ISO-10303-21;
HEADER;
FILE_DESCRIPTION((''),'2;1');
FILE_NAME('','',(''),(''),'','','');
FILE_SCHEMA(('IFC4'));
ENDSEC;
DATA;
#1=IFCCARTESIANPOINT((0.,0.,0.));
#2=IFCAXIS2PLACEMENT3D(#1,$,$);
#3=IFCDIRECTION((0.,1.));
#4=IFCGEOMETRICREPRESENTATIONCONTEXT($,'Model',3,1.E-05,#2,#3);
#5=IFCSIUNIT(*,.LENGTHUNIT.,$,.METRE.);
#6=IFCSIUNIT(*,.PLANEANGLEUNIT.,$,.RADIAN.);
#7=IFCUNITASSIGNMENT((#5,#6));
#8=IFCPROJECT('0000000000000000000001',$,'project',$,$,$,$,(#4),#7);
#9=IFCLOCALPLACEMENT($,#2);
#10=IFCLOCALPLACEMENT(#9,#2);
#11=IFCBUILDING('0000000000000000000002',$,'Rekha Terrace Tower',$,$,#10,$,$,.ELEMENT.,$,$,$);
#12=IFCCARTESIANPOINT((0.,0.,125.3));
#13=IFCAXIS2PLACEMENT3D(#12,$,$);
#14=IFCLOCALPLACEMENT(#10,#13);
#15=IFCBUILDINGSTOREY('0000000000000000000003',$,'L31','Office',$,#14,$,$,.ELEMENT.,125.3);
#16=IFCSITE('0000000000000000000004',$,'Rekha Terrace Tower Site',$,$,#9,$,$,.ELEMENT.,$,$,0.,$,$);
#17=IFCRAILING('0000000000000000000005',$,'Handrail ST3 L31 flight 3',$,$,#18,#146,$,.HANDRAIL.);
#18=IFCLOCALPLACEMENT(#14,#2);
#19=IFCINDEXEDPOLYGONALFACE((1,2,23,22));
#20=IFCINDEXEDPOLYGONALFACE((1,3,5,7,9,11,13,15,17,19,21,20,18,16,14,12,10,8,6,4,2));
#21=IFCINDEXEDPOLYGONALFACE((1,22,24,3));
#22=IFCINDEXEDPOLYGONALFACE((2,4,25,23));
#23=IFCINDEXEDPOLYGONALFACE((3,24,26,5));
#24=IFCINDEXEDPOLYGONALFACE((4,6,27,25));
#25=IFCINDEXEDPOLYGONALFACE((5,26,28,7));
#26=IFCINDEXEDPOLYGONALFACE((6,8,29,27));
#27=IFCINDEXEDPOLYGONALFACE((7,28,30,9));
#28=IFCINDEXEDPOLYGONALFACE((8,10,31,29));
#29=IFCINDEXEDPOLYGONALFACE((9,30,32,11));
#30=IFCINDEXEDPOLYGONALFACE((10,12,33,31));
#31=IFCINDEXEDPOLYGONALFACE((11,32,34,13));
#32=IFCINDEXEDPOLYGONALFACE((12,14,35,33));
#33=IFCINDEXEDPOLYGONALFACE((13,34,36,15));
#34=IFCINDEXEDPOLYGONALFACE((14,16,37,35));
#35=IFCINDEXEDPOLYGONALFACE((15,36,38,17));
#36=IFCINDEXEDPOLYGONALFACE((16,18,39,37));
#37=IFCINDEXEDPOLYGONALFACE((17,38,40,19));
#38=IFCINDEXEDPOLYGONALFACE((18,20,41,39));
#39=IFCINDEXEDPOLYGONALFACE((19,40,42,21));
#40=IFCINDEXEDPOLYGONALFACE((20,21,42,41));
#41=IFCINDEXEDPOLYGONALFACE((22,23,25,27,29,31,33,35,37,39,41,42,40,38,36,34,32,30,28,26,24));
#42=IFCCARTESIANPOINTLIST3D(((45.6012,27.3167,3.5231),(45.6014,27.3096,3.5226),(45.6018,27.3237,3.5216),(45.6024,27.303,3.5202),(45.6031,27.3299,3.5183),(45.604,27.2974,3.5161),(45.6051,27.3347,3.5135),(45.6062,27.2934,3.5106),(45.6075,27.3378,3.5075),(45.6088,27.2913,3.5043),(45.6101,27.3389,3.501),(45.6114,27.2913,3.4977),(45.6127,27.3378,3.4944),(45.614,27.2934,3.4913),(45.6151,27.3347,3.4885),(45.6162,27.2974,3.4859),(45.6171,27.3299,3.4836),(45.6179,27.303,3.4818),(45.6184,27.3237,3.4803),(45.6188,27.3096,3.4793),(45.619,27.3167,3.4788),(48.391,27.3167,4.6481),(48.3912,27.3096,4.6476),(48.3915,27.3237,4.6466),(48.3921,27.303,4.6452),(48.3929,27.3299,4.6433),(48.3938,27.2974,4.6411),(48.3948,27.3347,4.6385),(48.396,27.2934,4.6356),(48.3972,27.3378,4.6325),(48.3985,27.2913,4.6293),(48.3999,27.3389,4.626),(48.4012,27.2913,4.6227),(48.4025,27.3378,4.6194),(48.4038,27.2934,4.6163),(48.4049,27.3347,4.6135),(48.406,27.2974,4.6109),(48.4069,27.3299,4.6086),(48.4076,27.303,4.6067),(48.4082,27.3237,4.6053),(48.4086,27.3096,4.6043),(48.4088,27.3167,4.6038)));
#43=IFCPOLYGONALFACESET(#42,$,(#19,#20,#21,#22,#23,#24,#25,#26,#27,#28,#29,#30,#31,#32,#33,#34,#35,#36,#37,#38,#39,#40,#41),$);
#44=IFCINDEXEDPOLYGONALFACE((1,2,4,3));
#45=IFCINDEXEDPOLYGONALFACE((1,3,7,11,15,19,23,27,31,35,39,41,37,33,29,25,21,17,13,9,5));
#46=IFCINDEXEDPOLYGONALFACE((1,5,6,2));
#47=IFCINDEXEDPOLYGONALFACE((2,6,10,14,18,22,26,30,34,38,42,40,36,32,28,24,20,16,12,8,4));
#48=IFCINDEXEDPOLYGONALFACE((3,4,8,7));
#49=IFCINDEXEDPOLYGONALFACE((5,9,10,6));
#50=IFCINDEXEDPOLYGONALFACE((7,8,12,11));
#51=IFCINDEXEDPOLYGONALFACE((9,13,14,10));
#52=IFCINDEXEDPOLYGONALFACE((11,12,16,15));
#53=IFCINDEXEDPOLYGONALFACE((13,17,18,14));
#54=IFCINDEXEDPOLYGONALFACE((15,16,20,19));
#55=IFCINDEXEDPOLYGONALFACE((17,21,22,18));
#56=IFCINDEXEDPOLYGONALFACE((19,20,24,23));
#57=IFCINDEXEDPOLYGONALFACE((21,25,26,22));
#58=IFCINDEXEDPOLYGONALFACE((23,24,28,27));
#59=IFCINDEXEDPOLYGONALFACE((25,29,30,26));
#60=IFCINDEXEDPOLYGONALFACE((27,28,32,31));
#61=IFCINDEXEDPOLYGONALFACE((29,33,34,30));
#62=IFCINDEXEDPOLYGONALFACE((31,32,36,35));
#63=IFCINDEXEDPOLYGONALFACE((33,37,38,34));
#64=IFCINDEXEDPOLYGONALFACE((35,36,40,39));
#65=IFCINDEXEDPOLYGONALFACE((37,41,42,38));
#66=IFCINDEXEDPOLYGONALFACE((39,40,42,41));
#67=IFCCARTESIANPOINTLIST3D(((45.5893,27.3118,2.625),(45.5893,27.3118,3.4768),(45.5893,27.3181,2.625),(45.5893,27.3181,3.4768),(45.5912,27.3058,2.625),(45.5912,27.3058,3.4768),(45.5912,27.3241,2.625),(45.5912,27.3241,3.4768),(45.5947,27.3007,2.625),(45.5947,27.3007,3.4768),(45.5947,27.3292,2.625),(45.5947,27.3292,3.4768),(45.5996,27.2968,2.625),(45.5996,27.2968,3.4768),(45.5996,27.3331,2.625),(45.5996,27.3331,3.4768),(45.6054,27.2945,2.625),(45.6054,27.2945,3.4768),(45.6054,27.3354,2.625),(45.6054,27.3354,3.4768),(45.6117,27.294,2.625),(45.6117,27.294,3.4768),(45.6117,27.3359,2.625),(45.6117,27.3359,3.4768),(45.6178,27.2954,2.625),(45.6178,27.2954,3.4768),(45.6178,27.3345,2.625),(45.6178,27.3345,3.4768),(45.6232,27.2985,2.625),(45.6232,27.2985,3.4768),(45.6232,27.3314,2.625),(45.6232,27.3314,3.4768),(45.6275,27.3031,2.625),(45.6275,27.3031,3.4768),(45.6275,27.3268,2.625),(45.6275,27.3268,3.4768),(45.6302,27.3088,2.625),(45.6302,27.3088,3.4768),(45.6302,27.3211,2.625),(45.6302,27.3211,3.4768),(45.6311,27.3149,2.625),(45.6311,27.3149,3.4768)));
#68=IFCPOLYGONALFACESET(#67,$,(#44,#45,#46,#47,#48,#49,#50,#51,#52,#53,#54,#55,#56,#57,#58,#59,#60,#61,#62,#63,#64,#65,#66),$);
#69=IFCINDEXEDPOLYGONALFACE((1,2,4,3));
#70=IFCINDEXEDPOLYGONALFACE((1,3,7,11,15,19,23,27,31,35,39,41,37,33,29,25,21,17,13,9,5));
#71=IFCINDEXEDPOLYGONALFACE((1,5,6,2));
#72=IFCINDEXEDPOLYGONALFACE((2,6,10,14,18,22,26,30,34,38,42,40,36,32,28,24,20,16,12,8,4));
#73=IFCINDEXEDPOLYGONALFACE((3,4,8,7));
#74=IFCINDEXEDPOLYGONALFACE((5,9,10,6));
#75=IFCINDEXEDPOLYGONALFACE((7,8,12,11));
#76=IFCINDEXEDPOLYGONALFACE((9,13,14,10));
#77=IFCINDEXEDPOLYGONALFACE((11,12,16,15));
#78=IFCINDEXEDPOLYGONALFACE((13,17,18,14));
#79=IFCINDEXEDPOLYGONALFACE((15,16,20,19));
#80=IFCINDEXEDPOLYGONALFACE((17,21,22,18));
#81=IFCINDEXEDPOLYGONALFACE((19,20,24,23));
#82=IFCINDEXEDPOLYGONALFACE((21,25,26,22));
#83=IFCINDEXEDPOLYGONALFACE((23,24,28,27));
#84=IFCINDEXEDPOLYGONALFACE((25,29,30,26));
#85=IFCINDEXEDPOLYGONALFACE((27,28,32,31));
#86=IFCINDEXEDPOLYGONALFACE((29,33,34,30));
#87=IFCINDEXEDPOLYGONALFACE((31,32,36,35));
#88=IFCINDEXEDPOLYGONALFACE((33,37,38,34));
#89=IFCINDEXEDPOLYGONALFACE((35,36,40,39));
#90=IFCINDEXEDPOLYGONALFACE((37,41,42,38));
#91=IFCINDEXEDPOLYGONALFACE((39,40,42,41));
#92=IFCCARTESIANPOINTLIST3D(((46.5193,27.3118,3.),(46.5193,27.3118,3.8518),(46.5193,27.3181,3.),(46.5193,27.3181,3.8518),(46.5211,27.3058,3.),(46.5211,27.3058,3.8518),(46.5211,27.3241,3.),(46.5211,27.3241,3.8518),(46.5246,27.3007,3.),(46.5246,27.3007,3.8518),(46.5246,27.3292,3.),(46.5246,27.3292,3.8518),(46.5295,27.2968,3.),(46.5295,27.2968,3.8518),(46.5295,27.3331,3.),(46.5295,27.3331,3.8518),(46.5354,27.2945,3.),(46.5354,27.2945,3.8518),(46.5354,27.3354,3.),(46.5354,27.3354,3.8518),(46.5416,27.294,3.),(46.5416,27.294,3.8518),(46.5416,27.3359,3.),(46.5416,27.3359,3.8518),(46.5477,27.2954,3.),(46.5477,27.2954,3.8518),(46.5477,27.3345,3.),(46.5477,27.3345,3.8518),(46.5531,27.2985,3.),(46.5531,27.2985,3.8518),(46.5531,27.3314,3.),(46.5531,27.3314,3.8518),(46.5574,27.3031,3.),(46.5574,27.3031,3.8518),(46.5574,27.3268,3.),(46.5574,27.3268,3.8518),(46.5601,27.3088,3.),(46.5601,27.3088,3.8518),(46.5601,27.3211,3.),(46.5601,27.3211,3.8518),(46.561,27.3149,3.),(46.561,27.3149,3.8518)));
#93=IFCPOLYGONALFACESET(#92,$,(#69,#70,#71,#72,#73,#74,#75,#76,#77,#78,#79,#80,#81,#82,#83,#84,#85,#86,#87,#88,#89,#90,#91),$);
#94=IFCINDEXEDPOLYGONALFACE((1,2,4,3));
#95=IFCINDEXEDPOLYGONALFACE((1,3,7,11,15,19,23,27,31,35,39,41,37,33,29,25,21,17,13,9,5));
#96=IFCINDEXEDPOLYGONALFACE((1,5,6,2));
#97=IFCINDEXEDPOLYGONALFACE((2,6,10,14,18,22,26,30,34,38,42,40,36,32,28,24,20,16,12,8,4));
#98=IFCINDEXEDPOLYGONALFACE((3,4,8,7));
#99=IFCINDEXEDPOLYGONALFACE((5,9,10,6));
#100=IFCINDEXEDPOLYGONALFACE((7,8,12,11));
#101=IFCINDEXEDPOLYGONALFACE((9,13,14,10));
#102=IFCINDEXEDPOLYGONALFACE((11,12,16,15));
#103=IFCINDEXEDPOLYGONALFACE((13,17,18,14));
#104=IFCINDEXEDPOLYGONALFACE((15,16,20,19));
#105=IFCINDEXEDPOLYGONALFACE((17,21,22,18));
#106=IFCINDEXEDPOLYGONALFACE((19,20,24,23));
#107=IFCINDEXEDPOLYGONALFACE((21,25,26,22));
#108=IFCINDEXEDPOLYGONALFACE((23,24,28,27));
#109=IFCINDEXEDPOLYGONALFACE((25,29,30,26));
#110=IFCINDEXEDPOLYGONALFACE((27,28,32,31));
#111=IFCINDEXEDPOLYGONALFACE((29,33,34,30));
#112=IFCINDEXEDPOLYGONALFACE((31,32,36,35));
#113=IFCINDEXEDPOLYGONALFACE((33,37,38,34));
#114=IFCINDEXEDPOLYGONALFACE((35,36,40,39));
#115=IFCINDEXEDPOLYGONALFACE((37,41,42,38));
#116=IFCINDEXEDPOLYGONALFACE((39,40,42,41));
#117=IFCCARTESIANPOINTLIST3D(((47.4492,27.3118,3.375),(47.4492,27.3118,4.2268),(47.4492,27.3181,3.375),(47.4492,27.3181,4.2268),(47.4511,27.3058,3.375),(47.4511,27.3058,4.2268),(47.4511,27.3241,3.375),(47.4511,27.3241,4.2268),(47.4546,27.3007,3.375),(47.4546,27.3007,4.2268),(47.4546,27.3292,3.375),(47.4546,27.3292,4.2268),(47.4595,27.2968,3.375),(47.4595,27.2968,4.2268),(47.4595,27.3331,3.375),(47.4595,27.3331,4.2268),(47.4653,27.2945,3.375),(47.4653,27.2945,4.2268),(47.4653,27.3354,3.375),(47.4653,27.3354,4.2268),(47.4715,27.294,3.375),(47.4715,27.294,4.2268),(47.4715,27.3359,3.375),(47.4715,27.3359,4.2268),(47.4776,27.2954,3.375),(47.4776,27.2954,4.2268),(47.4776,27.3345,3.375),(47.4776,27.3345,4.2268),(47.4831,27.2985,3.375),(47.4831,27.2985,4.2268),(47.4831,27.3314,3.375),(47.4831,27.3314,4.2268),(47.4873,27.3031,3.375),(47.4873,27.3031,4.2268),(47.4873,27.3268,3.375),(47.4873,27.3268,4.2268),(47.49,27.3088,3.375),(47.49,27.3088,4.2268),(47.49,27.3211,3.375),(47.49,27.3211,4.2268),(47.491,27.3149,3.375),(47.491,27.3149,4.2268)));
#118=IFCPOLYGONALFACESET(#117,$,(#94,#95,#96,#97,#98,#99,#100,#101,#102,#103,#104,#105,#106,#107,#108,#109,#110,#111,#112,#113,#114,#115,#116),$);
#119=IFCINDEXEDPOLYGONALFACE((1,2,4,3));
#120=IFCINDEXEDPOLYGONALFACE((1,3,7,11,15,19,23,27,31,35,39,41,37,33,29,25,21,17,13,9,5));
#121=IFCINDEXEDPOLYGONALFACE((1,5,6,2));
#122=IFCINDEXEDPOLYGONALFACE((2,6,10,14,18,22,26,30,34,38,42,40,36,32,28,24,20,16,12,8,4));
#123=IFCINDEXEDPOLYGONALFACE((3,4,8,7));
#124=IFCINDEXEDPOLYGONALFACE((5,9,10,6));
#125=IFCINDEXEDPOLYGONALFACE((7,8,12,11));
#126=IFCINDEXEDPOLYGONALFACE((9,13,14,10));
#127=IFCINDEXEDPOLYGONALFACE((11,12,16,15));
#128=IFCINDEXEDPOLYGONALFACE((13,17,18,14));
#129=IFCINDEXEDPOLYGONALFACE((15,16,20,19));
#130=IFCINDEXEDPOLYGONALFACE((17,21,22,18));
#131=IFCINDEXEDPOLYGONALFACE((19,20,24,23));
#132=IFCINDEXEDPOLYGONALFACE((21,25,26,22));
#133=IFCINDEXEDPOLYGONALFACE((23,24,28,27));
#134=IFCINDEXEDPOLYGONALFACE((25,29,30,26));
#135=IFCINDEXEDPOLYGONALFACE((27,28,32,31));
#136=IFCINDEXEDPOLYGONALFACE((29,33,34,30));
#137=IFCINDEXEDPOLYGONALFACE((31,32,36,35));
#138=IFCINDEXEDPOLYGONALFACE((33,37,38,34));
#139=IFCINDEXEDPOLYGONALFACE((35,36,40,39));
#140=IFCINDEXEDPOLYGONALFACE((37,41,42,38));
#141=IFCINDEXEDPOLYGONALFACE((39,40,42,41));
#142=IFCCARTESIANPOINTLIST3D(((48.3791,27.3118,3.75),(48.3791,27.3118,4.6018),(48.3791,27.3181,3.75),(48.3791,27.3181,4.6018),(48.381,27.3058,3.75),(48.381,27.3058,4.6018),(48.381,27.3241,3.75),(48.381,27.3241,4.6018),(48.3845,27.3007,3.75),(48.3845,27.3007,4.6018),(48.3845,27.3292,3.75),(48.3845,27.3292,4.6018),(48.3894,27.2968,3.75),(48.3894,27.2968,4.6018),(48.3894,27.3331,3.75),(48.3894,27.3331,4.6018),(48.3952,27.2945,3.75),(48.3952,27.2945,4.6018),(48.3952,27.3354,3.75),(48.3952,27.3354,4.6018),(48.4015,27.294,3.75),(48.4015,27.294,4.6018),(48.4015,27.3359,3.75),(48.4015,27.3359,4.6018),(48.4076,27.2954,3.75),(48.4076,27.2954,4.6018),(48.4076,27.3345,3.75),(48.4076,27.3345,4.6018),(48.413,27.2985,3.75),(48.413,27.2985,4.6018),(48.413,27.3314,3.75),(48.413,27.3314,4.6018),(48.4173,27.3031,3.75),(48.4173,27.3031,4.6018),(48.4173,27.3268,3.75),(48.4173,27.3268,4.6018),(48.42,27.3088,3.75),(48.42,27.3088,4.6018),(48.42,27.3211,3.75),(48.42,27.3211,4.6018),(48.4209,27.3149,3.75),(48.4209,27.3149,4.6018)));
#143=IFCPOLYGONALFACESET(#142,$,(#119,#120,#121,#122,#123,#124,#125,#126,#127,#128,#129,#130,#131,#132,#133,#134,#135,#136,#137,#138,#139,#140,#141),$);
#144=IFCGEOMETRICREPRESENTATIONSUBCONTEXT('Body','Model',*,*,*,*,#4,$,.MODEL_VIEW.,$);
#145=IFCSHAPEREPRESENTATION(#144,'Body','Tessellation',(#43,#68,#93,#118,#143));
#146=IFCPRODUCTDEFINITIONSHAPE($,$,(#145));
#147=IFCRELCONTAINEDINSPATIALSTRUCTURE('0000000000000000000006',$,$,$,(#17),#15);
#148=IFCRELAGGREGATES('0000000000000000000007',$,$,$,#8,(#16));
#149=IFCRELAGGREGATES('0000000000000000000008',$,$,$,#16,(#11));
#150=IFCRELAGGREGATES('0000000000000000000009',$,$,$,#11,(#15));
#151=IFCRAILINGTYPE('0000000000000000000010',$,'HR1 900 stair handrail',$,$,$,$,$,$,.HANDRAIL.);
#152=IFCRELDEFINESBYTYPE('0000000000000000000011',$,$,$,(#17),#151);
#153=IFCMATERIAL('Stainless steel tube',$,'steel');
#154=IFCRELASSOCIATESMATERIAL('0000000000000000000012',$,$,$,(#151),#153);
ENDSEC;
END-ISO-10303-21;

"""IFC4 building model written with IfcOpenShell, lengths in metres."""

from ifc_helpers import new_model, si_unit, direction, frame, origin, origin_2d, place, context, subcontext, project, spatial, circle, extrude, material, type_object, element, save


model = new_model("IFC4")

# Units and contexts
model_context = context("Model", 3, precision=1e-05, world=origin(), true_north=direction((0.0, 1.0)))
body_context = subcontext(model_context, "Body", "Model", "MODEL_VIEW")
ifc_project = project(units=[si_unit("LENGTHUNIT", "METRE"), si_unit("PLANEANGLEUNIT", "RADIAN")], contexts=[model_context])

# Site, building, storey
site_placement = place(None, origin())
site = spatial("IfcSite", under=ifc_project, at=site_placement, Name="Rekha Terrace Tower Site", CompositionType="ELEMENT", RefElevation=0.0)
building_placement = place(site_placement, origin())
building = spatial("IfcBuilding", under=site, at=building_placement, Name="Rekha Terrace Tower", CompositionType="ELEMENT")
storey_placement = place(building_placement, frame((0.0, 0.0, 125.3)))
storey = spatial("IfcBuildingStorey", under=building, at=storey_placement, Name="L31", Description="Office", CompositionType="ELEMENT", Elevation=125.3)

# Railing
ifc_material_1 = material(Name="Stainless steel tube", Category="steel")
railing_type_1 = type_object("IfcRailingType", Name="HR1 900 stair handrail", PredefinedType="HANDRAIL", material=ifc_material_1)
railing_1_placement = place(storey_placement, frame((45.6101, 27.3149, 2.625)))
element("IfcRailing", 1, at=railing_1_placement, inside=storey, type_object=railing_type_1, Name="Handrail ST3 L31 flight 3", PredefinedType="HANDRAIL", context=body_context, shape_type="SweptSolid", body=[
    extrude(circle(Radius=0.0239, at=origin_2d()), frame((0.0, 0.0, 0.876), z_axis=(0.927432, 0.0, 0.373992), x_axis=(0.0, 1.0, 0.0)), (0.0, 0.0, 1.0), 3.0081),
    extrude(circle(Radius=0.021, at=origin_2d()), origin(), (0.0, 0.0, 1.0), 0.8518),
    extrude(circle(Radius=0.021, at=origin_2d()), frame((0.9299, 0.0, 0.375)), (0.0, 0.0, 1.0), 0.8518),
    extrude(circle(Radius=0.021, at=origin_2d()), frame((1.8599, 0.0, 0.75)), (0.0, 0.0, 1.0), 0.8518),
    extrude(circle(Radius=0.021, at=origin_2d()), frame((2.7898, 0.0, 1.125)), (0.0, 0.0, 1.0), 0.8518),
])

save(model, "model.ifc")
